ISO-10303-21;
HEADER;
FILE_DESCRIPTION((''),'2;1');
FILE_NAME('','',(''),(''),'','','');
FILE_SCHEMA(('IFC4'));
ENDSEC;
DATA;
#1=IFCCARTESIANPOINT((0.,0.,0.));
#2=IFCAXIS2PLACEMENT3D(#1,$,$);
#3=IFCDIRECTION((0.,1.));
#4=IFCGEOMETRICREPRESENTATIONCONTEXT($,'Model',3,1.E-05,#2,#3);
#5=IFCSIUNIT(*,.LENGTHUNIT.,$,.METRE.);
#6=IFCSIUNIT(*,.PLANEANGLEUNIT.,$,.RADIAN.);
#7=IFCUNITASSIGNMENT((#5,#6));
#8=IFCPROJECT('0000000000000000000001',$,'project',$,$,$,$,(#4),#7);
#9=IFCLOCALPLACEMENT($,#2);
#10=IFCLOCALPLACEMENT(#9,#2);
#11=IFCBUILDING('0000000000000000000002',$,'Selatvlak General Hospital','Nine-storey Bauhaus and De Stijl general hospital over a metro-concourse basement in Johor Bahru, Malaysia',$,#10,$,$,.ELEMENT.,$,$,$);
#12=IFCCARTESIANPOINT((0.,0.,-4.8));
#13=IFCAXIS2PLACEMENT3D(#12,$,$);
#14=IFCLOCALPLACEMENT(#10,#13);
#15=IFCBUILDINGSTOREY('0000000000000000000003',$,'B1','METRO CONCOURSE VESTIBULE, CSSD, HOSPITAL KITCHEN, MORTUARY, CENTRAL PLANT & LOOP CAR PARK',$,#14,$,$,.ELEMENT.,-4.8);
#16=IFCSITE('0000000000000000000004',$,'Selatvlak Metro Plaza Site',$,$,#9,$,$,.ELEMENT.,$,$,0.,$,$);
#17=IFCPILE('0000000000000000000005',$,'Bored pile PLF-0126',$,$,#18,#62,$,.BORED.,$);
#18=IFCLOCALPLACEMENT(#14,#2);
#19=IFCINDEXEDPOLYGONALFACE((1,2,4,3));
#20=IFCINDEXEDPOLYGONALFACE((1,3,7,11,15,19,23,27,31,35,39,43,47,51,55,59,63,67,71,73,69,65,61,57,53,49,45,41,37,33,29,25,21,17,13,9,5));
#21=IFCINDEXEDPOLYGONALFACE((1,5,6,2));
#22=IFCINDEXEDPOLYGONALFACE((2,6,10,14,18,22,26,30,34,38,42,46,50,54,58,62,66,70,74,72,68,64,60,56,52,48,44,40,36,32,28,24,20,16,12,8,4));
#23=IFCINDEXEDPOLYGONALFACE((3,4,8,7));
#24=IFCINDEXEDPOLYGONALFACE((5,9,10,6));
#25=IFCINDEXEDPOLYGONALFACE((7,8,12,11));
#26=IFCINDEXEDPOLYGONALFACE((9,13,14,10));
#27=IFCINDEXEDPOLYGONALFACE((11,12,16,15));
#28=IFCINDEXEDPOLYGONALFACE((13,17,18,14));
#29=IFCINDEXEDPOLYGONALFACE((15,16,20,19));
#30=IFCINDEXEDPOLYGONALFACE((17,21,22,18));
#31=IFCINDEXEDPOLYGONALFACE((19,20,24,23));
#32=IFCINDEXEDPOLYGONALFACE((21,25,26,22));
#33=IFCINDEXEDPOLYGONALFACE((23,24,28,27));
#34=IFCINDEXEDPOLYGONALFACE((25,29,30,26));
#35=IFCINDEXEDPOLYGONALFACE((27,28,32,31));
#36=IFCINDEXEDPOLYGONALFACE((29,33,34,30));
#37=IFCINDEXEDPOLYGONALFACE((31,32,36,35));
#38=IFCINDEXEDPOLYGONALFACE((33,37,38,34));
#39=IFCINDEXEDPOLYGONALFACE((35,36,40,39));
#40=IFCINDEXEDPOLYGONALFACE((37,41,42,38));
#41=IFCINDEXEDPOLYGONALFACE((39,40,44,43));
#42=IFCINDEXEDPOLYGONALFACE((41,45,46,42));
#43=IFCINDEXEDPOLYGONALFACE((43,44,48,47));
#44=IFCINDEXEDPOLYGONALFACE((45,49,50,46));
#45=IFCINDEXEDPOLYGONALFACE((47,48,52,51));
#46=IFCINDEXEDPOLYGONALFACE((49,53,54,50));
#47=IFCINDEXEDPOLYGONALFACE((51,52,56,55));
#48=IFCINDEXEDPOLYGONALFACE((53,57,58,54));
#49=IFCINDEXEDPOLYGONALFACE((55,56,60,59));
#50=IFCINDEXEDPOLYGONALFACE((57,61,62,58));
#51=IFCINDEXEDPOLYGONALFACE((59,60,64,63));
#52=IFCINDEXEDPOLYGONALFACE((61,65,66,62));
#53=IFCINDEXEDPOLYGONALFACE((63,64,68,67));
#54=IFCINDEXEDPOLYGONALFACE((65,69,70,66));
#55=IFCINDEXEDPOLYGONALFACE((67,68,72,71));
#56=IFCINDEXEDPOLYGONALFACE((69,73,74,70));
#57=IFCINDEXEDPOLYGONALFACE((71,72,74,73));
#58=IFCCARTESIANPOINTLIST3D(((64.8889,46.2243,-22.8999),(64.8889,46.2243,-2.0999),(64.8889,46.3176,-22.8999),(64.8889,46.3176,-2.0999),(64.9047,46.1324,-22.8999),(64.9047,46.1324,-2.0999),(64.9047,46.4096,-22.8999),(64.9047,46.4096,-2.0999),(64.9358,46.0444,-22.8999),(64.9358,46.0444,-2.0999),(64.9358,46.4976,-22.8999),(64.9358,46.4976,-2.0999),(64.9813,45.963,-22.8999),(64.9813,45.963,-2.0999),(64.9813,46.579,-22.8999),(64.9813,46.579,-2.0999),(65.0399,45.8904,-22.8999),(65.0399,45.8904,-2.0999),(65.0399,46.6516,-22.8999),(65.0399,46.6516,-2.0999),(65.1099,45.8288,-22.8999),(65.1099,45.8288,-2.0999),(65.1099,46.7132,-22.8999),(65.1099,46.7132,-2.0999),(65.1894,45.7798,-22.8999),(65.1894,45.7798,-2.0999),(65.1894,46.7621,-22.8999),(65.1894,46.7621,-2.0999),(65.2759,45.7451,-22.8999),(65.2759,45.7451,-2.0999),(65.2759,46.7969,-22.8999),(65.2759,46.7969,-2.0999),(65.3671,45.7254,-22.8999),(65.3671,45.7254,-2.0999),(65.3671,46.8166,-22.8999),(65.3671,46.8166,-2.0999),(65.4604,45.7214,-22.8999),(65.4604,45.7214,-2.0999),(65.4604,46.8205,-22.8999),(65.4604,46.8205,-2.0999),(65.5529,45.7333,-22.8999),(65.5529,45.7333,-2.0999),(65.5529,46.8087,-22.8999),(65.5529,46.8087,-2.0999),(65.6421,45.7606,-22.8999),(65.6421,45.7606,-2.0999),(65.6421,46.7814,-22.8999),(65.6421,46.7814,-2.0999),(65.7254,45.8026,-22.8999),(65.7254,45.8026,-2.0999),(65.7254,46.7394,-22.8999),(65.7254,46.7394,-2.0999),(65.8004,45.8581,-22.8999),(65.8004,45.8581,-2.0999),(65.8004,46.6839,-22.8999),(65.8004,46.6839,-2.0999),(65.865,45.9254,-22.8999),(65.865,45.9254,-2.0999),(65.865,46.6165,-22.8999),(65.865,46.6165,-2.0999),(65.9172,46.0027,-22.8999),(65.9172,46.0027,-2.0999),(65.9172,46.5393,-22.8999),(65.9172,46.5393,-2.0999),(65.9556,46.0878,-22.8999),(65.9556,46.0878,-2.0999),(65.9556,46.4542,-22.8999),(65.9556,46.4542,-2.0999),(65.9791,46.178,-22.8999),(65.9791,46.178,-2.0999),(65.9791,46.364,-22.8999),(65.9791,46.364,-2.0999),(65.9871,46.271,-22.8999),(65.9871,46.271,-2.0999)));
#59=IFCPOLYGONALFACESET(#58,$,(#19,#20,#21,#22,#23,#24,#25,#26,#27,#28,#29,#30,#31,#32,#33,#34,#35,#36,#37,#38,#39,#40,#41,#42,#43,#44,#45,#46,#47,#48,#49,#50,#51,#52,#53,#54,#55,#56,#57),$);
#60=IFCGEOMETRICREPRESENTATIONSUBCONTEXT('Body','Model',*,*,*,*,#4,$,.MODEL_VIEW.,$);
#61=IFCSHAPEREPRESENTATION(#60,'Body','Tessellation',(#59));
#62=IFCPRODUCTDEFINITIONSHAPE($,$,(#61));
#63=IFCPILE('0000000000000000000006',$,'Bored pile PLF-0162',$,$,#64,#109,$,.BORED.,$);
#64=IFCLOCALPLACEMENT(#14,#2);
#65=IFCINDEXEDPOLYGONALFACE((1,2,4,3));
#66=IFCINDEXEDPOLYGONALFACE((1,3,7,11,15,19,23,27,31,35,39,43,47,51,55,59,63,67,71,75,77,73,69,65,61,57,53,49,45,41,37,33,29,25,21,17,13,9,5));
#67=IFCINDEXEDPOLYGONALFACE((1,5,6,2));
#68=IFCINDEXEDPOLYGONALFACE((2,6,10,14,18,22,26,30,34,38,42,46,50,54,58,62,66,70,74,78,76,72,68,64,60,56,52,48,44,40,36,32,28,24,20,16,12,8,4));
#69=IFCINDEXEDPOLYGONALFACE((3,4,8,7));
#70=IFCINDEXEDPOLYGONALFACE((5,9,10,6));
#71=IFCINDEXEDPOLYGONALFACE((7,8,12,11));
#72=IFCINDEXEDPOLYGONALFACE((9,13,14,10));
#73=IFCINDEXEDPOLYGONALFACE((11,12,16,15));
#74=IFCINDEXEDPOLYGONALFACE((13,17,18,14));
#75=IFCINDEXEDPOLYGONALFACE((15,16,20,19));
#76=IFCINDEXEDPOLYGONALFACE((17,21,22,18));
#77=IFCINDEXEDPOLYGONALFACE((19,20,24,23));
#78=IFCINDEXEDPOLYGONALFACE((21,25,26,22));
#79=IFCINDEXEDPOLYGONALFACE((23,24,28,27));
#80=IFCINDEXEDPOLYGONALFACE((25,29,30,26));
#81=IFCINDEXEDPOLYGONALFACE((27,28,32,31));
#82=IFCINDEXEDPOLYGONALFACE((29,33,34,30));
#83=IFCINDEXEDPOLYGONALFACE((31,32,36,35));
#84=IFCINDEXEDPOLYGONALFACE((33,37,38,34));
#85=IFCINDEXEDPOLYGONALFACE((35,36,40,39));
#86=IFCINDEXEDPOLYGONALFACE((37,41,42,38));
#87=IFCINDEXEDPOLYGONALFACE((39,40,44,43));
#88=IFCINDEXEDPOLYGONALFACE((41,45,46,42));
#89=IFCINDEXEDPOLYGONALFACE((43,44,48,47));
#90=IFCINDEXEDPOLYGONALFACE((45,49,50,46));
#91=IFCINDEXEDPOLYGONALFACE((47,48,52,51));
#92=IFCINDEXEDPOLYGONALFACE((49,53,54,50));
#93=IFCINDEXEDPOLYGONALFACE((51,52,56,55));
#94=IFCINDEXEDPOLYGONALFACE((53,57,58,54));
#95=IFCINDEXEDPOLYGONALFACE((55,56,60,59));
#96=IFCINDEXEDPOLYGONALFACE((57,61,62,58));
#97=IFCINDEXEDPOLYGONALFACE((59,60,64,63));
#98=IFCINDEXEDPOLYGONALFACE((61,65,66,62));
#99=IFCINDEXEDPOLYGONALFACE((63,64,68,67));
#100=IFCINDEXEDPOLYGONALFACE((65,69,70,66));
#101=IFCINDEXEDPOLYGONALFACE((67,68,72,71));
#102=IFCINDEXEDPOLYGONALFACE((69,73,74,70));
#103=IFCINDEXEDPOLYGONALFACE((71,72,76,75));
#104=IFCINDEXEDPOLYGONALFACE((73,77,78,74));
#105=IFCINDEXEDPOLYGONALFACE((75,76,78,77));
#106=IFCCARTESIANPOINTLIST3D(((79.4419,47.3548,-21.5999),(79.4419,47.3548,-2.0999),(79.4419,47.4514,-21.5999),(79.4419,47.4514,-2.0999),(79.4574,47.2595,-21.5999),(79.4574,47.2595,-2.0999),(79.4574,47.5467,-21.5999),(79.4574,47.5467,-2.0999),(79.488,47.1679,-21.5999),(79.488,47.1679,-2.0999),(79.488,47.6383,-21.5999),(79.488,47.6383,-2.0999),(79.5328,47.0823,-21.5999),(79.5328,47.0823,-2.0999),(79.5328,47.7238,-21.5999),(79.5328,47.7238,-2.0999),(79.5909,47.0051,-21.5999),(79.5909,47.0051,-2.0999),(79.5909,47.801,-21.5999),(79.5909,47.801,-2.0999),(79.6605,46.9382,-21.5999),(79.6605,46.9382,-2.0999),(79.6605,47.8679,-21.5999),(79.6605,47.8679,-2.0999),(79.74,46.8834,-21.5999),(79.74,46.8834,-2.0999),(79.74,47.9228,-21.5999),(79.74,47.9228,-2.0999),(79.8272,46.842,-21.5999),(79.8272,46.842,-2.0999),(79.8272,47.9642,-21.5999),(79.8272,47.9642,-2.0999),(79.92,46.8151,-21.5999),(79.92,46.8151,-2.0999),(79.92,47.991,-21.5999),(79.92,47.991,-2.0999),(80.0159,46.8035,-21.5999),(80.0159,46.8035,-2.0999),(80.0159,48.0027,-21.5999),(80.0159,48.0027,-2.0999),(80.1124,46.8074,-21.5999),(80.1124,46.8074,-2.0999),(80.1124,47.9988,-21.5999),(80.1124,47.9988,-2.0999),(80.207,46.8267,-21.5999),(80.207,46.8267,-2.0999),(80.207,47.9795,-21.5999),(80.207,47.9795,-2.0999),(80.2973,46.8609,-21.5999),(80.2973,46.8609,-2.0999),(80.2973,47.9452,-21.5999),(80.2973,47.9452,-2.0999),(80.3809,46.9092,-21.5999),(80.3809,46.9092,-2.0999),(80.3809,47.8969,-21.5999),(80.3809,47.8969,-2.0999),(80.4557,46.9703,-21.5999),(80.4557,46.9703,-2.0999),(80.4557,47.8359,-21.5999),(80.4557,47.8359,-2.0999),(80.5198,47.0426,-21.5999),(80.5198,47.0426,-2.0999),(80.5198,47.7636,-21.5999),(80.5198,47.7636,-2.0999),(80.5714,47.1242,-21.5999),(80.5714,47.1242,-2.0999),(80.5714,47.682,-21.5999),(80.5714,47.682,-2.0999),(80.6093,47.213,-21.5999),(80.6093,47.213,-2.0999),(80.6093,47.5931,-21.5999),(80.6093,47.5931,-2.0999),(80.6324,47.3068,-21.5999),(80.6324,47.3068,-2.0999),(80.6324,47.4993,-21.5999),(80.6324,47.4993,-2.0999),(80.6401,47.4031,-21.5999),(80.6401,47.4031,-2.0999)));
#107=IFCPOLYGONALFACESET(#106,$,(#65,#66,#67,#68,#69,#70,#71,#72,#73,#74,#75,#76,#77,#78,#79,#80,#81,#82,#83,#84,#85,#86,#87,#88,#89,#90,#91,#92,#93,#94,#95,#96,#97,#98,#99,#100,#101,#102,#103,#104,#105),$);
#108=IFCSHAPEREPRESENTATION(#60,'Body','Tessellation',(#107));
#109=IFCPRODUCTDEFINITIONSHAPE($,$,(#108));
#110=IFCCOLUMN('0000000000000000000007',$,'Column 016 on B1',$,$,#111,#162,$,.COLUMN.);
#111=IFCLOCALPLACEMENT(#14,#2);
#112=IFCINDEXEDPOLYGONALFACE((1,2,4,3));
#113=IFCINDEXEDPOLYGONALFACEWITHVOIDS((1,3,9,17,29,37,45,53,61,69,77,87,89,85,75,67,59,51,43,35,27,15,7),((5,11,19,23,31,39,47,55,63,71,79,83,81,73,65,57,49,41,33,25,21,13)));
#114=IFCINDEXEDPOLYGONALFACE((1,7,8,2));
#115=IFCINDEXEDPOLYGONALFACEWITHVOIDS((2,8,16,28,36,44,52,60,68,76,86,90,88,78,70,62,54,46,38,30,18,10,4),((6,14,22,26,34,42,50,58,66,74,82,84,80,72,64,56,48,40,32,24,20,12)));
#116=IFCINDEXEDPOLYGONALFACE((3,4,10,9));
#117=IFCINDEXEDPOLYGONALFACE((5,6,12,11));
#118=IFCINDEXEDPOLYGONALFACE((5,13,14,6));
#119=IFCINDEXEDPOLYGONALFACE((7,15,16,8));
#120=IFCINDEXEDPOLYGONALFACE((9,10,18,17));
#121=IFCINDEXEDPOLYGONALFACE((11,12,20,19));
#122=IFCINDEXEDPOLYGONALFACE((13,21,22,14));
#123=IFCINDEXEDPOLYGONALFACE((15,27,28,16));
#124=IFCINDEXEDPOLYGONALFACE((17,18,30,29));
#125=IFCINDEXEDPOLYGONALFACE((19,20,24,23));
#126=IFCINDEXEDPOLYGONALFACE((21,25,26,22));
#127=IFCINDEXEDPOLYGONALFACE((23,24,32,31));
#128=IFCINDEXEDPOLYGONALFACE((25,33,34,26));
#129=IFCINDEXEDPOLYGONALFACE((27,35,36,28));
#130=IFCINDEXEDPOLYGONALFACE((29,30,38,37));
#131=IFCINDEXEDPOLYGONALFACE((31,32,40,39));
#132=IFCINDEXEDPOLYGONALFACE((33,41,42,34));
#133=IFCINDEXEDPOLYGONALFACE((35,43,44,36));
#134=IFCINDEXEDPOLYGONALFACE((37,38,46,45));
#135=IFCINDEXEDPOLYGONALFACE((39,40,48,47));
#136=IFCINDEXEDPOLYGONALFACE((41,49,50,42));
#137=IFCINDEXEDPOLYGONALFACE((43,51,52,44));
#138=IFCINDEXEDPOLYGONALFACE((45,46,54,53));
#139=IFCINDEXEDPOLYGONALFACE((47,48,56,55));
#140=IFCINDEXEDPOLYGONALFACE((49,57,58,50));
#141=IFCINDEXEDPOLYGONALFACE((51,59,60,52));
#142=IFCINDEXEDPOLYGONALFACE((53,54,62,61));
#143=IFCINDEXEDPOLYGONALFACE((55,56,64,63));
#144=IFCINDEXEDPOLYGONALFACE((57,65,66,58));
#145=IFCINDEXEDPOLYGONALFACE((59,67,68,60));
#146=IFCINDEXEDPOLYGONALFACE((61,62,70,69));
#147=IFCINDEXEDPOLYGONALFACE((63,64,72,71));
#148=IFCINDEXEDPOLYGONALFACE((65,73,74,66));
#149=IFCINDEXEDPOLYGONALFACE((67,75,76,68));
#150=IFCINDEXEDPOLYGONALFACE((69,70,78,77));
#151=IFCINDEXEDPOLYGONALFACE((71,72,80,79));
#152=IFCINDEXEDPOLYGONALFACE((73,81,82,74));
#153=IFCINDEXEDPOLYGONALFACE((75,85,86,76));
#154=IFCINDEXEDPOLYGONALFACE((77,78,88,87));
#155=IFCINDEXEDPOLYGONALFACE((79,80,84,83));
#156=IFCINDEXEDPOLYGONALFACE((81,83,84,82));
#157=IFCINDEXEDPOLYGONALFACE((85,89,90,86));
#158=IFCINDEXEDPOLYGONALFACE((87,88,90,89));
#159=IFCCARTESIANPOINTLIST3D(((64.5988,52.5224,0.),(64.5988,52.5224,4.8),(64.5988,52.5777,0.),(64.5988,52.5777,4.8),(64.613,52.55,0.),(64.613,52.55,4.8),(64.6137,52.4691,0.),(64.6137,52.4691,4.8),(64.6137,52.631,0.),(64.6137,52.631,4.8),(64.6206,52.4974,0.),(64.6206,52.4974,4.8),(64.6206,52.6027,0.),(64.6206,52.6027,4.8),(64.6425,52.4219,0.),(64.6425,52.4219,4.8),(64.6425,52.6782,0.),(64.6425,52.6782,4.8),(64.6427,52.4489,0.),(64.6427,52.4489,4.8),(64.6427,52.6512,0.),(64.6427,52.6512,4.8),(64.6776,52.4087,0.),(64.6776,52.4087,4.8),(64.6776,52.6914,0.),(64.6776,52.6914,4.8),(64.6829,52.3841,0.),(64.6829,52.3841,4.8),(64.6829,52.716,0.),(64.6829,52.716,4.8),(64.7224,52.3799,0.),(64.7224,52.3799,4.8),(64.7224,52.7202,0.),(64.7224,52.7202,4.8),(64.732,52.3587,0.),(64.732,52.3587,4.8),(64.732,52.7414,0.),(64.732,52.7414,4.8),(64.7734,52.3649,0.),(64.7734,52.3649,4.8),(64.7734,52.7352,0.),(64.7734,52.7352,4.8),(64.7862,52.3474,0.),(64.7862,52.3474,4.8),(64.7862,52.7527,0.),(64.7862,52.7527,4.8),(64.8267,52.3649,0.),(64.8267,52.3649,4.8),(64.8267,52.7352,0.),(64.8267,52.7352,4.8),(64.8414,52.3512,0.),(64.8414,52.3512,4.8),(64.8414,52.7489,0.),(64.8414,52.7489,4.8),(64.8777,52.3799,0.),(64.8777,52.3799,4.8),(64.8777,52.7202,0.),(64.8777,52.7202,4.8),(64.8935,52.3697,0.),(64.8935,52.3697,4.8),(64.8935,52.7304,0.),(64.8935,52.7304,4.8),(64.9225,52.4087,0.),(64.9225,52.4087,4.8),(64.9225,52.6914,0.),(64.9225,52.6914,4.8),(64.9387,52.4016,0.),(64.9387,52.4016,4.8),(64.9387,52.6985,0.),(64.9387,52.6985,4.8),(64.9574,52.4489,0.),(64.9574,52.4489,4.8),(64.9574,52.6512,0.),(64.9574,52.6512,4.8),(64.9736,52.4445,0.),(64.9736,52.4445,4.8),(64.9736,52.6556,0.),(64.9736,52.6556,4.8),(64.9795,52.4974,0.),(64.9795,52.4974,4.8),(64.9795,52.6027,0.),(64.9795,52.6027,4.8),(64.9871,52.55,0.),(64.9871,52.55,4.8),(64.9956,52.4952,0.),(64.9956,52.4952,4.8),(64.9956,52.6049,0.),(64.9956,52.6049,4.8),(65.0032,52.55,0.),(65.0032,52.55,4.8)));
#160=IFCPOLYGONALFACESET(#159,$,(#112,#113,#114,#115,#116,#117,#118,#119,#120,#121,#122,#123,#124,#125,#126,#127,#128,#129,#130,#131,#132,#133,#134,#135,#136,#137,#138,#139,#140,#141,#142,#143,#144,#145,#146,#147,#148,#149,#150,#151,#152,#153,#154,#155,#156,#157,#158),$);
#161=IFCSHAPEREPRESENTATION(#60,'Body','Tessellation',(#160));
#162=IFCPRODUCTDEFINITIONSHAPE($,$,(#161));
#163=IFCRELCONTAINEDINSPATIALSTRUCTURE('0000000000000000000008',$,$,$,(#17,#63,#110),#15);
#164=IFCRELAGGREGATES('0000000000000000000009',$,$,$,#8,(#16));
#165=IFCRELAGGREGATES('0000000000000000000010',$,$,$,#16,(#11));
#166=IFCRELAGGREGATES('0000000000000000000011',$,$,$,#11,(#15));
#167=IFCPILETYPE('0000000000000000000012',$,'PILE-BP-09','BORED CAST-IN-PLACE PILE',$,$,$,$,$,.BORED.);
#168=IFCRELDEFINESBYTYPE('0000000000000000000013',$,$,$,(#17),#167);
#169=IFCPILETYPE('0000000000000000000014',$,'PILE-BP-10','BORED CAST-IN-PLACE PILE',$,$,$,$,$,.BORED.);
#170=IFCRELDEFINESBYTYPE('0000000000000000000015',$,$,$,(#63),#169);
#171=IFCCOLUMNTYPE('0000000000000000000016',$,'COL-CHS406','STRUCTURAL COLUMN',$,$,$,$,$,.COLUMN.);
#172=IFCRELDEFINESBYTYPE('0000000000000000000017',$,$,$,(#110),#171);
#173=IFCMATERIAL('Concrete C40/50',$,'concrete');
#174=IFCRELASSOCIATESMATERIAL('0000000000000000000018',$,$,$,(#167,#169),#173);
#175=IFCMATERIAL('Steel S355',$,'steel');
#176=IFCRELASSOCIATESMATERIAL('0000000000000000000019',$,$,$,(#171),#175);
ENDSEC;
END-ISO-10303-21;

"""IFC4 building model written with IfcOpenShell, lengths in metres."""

from ifc_helpers import new_model, si_unit, direction, frame, origin, origin_2d, place, context, subcontext, project, spatial, circle, hollow_circle, extrude, material, material_profile, profile_set, type_object, element, save


model = new_model("IFC4")

# Units and contexts
model_context = context("Model", 3, precision=1e-05, world=origin(), true_north=direction((0.0, 1.0)))
body_context = subcontext(model_context, "Body", "Model", "MODEL_VIEW")
ifc_project = project(units=[si_unit("LENGTHUNIT", "METRE"), si_unit("PLANEANGLEUNIT", "RADIAN")], contexts=[model_context])

# Site, building, storey
site_placement = place(None, origin())
site = spatial("IfcSite", under=ifc_project, at=site_placement, Name="Selatvlak Metro Plaza Site", CompositionType="ELEMENT", RefElevation=0.0)
building_placement = place(site_placement, origin())
building = spatial("IfcBuilding", under=site, at=building_placement, Name="Selatvlak General Hospital", Description="Nine-storey Bauhaus and De Stijl general hospital over a metro-concourse basement in Johor Bahru, Malaysia", CompositionType="ELEMENT")
storey_placement = place(building_placement, frame((0.0, 0.0, -4.8)))
storey = spatial("IfcBuildingStorey", under=building, at=storey_placement, Name="B1", Description="METRO CONCOURSE VESTIBULE, CSSD, HOSPITAL KITCHEN, MORTUARY, CENTRAL PLANT & LOOP CAR PARK", CompositionType="ELEMENT", Elevation=-4.8)

# Shared definitions
ifc_material_1 = material(Name="Concrete C40/50", Category="concrete")

# Piles
ifc_material_profile_1 = material_profile(ifc_material_1, circle(Radius=0.55, at=origin_2d()), Name="BORED PILE 1100")
ifc_profile_set_1 = profile_set([ifc_material_profile_1], Name="Concrete C40/50")
pile_type_1 = type_object("IfcPileType", Name="PILE-BP-09", Description="BORED CAST-IN-PLACE PILE", PredefinedType="BORED", material=ifc_profile_set_1)
for number, where, z_axis, x_axis, name in (
    (1, (65.437, 46.271, -2.0999), (0.0, 0.0, -1.0), (1.0, 0.0, 0.0), "Bored pile PLF-0126"),
):
    element("IfcPile", number, at=place(storey_placement, frame(where, z_axis=z_axis, x_axis=x_axis)), inside=storey, type_object=pile_type_1, Name=name, PredefinedType="BORED", context=body_context, shape_type="SweptSolid", body=[
        extrude(circle(Radius=0.55, at=origin_2d()), origin(), (0.0, 0.0, 1.0), 20.8),
    ])
ifc_material_profile_2 = material_profile(ifc_material_1, circle(Radius=0.6001, at=origin_2d()), Name="BORED PILE 1200")
ifc_profile_set_2 = profile_set([ifc_material_profile_2], Name="Concrete C40/50")
pile_type_2 = type_object("IfcPileType", Name="PILE-BP-10", Description="BORED CAST-IN-PLACE PILE", PredefinedType="BORED", material=ifc_profile_set_2)
pile_1_placement = place(storey_placement, frame((80.04, 47.4031, -2.0999), z_axis=(0.0, 0.0, -1.0), x_axis=(1.0, 0.0, 0.0)))
element("IfcPile", 2, at=pile_1_placement, inside=storey, type_object=pile_type_2, Name="Bored pile PLF-0162", PredefinedType="BORED", context=body_context, shape_type="SweptSolid", body=[
    extrude(circle(Radius=0.6001, at=origin_2d()), origin(), (0.0, 0.0, 1.0), 19.5),
])

# Column
ifc_material_2 = material(Name="Steel S355", Category="steel")
ifc_material_profile_3 = material_profile(ifc_material_2, hollow_circle(Radius=0.2031, WallThickness=0.0161, at=origin_2d()), Name="CHS 406.4x16")
ifc_profile_set_3 = profile_set([ifc_material_profile_3], Name="Steel S355")
column_type_1 = type_object("IfcColumnType", Name="COL-CHS406", Description="STRUCTURAL COLUMN", PredefinedType="COLUMN", material=ifc_profile_set_3)
for number, where, z_axis, x_axis, name in (
    (3, (64.8, 52.55, 0.0), (0.0, 0.0, 1.0), (1.0, 0.0, 0.0), "Column 016 on B1"),
):
    element("IfcColumn", number, at=place(storey_placement, frame(where, z_axis=z_axis, x_axis=x_axis)), inside=storey, type_object=column_type_1, Name=name, PredefinedType="COLUMN", context=body_context, shape_type="SweptSolid", body=[
        extrude(hollow_circle(Radius=0.2031, WallThickness=0.0161, at=origin_2d()), origin(), (0.0, 0.0, 1.0), 4.8),
    ])

save(model, "model.ifc")
